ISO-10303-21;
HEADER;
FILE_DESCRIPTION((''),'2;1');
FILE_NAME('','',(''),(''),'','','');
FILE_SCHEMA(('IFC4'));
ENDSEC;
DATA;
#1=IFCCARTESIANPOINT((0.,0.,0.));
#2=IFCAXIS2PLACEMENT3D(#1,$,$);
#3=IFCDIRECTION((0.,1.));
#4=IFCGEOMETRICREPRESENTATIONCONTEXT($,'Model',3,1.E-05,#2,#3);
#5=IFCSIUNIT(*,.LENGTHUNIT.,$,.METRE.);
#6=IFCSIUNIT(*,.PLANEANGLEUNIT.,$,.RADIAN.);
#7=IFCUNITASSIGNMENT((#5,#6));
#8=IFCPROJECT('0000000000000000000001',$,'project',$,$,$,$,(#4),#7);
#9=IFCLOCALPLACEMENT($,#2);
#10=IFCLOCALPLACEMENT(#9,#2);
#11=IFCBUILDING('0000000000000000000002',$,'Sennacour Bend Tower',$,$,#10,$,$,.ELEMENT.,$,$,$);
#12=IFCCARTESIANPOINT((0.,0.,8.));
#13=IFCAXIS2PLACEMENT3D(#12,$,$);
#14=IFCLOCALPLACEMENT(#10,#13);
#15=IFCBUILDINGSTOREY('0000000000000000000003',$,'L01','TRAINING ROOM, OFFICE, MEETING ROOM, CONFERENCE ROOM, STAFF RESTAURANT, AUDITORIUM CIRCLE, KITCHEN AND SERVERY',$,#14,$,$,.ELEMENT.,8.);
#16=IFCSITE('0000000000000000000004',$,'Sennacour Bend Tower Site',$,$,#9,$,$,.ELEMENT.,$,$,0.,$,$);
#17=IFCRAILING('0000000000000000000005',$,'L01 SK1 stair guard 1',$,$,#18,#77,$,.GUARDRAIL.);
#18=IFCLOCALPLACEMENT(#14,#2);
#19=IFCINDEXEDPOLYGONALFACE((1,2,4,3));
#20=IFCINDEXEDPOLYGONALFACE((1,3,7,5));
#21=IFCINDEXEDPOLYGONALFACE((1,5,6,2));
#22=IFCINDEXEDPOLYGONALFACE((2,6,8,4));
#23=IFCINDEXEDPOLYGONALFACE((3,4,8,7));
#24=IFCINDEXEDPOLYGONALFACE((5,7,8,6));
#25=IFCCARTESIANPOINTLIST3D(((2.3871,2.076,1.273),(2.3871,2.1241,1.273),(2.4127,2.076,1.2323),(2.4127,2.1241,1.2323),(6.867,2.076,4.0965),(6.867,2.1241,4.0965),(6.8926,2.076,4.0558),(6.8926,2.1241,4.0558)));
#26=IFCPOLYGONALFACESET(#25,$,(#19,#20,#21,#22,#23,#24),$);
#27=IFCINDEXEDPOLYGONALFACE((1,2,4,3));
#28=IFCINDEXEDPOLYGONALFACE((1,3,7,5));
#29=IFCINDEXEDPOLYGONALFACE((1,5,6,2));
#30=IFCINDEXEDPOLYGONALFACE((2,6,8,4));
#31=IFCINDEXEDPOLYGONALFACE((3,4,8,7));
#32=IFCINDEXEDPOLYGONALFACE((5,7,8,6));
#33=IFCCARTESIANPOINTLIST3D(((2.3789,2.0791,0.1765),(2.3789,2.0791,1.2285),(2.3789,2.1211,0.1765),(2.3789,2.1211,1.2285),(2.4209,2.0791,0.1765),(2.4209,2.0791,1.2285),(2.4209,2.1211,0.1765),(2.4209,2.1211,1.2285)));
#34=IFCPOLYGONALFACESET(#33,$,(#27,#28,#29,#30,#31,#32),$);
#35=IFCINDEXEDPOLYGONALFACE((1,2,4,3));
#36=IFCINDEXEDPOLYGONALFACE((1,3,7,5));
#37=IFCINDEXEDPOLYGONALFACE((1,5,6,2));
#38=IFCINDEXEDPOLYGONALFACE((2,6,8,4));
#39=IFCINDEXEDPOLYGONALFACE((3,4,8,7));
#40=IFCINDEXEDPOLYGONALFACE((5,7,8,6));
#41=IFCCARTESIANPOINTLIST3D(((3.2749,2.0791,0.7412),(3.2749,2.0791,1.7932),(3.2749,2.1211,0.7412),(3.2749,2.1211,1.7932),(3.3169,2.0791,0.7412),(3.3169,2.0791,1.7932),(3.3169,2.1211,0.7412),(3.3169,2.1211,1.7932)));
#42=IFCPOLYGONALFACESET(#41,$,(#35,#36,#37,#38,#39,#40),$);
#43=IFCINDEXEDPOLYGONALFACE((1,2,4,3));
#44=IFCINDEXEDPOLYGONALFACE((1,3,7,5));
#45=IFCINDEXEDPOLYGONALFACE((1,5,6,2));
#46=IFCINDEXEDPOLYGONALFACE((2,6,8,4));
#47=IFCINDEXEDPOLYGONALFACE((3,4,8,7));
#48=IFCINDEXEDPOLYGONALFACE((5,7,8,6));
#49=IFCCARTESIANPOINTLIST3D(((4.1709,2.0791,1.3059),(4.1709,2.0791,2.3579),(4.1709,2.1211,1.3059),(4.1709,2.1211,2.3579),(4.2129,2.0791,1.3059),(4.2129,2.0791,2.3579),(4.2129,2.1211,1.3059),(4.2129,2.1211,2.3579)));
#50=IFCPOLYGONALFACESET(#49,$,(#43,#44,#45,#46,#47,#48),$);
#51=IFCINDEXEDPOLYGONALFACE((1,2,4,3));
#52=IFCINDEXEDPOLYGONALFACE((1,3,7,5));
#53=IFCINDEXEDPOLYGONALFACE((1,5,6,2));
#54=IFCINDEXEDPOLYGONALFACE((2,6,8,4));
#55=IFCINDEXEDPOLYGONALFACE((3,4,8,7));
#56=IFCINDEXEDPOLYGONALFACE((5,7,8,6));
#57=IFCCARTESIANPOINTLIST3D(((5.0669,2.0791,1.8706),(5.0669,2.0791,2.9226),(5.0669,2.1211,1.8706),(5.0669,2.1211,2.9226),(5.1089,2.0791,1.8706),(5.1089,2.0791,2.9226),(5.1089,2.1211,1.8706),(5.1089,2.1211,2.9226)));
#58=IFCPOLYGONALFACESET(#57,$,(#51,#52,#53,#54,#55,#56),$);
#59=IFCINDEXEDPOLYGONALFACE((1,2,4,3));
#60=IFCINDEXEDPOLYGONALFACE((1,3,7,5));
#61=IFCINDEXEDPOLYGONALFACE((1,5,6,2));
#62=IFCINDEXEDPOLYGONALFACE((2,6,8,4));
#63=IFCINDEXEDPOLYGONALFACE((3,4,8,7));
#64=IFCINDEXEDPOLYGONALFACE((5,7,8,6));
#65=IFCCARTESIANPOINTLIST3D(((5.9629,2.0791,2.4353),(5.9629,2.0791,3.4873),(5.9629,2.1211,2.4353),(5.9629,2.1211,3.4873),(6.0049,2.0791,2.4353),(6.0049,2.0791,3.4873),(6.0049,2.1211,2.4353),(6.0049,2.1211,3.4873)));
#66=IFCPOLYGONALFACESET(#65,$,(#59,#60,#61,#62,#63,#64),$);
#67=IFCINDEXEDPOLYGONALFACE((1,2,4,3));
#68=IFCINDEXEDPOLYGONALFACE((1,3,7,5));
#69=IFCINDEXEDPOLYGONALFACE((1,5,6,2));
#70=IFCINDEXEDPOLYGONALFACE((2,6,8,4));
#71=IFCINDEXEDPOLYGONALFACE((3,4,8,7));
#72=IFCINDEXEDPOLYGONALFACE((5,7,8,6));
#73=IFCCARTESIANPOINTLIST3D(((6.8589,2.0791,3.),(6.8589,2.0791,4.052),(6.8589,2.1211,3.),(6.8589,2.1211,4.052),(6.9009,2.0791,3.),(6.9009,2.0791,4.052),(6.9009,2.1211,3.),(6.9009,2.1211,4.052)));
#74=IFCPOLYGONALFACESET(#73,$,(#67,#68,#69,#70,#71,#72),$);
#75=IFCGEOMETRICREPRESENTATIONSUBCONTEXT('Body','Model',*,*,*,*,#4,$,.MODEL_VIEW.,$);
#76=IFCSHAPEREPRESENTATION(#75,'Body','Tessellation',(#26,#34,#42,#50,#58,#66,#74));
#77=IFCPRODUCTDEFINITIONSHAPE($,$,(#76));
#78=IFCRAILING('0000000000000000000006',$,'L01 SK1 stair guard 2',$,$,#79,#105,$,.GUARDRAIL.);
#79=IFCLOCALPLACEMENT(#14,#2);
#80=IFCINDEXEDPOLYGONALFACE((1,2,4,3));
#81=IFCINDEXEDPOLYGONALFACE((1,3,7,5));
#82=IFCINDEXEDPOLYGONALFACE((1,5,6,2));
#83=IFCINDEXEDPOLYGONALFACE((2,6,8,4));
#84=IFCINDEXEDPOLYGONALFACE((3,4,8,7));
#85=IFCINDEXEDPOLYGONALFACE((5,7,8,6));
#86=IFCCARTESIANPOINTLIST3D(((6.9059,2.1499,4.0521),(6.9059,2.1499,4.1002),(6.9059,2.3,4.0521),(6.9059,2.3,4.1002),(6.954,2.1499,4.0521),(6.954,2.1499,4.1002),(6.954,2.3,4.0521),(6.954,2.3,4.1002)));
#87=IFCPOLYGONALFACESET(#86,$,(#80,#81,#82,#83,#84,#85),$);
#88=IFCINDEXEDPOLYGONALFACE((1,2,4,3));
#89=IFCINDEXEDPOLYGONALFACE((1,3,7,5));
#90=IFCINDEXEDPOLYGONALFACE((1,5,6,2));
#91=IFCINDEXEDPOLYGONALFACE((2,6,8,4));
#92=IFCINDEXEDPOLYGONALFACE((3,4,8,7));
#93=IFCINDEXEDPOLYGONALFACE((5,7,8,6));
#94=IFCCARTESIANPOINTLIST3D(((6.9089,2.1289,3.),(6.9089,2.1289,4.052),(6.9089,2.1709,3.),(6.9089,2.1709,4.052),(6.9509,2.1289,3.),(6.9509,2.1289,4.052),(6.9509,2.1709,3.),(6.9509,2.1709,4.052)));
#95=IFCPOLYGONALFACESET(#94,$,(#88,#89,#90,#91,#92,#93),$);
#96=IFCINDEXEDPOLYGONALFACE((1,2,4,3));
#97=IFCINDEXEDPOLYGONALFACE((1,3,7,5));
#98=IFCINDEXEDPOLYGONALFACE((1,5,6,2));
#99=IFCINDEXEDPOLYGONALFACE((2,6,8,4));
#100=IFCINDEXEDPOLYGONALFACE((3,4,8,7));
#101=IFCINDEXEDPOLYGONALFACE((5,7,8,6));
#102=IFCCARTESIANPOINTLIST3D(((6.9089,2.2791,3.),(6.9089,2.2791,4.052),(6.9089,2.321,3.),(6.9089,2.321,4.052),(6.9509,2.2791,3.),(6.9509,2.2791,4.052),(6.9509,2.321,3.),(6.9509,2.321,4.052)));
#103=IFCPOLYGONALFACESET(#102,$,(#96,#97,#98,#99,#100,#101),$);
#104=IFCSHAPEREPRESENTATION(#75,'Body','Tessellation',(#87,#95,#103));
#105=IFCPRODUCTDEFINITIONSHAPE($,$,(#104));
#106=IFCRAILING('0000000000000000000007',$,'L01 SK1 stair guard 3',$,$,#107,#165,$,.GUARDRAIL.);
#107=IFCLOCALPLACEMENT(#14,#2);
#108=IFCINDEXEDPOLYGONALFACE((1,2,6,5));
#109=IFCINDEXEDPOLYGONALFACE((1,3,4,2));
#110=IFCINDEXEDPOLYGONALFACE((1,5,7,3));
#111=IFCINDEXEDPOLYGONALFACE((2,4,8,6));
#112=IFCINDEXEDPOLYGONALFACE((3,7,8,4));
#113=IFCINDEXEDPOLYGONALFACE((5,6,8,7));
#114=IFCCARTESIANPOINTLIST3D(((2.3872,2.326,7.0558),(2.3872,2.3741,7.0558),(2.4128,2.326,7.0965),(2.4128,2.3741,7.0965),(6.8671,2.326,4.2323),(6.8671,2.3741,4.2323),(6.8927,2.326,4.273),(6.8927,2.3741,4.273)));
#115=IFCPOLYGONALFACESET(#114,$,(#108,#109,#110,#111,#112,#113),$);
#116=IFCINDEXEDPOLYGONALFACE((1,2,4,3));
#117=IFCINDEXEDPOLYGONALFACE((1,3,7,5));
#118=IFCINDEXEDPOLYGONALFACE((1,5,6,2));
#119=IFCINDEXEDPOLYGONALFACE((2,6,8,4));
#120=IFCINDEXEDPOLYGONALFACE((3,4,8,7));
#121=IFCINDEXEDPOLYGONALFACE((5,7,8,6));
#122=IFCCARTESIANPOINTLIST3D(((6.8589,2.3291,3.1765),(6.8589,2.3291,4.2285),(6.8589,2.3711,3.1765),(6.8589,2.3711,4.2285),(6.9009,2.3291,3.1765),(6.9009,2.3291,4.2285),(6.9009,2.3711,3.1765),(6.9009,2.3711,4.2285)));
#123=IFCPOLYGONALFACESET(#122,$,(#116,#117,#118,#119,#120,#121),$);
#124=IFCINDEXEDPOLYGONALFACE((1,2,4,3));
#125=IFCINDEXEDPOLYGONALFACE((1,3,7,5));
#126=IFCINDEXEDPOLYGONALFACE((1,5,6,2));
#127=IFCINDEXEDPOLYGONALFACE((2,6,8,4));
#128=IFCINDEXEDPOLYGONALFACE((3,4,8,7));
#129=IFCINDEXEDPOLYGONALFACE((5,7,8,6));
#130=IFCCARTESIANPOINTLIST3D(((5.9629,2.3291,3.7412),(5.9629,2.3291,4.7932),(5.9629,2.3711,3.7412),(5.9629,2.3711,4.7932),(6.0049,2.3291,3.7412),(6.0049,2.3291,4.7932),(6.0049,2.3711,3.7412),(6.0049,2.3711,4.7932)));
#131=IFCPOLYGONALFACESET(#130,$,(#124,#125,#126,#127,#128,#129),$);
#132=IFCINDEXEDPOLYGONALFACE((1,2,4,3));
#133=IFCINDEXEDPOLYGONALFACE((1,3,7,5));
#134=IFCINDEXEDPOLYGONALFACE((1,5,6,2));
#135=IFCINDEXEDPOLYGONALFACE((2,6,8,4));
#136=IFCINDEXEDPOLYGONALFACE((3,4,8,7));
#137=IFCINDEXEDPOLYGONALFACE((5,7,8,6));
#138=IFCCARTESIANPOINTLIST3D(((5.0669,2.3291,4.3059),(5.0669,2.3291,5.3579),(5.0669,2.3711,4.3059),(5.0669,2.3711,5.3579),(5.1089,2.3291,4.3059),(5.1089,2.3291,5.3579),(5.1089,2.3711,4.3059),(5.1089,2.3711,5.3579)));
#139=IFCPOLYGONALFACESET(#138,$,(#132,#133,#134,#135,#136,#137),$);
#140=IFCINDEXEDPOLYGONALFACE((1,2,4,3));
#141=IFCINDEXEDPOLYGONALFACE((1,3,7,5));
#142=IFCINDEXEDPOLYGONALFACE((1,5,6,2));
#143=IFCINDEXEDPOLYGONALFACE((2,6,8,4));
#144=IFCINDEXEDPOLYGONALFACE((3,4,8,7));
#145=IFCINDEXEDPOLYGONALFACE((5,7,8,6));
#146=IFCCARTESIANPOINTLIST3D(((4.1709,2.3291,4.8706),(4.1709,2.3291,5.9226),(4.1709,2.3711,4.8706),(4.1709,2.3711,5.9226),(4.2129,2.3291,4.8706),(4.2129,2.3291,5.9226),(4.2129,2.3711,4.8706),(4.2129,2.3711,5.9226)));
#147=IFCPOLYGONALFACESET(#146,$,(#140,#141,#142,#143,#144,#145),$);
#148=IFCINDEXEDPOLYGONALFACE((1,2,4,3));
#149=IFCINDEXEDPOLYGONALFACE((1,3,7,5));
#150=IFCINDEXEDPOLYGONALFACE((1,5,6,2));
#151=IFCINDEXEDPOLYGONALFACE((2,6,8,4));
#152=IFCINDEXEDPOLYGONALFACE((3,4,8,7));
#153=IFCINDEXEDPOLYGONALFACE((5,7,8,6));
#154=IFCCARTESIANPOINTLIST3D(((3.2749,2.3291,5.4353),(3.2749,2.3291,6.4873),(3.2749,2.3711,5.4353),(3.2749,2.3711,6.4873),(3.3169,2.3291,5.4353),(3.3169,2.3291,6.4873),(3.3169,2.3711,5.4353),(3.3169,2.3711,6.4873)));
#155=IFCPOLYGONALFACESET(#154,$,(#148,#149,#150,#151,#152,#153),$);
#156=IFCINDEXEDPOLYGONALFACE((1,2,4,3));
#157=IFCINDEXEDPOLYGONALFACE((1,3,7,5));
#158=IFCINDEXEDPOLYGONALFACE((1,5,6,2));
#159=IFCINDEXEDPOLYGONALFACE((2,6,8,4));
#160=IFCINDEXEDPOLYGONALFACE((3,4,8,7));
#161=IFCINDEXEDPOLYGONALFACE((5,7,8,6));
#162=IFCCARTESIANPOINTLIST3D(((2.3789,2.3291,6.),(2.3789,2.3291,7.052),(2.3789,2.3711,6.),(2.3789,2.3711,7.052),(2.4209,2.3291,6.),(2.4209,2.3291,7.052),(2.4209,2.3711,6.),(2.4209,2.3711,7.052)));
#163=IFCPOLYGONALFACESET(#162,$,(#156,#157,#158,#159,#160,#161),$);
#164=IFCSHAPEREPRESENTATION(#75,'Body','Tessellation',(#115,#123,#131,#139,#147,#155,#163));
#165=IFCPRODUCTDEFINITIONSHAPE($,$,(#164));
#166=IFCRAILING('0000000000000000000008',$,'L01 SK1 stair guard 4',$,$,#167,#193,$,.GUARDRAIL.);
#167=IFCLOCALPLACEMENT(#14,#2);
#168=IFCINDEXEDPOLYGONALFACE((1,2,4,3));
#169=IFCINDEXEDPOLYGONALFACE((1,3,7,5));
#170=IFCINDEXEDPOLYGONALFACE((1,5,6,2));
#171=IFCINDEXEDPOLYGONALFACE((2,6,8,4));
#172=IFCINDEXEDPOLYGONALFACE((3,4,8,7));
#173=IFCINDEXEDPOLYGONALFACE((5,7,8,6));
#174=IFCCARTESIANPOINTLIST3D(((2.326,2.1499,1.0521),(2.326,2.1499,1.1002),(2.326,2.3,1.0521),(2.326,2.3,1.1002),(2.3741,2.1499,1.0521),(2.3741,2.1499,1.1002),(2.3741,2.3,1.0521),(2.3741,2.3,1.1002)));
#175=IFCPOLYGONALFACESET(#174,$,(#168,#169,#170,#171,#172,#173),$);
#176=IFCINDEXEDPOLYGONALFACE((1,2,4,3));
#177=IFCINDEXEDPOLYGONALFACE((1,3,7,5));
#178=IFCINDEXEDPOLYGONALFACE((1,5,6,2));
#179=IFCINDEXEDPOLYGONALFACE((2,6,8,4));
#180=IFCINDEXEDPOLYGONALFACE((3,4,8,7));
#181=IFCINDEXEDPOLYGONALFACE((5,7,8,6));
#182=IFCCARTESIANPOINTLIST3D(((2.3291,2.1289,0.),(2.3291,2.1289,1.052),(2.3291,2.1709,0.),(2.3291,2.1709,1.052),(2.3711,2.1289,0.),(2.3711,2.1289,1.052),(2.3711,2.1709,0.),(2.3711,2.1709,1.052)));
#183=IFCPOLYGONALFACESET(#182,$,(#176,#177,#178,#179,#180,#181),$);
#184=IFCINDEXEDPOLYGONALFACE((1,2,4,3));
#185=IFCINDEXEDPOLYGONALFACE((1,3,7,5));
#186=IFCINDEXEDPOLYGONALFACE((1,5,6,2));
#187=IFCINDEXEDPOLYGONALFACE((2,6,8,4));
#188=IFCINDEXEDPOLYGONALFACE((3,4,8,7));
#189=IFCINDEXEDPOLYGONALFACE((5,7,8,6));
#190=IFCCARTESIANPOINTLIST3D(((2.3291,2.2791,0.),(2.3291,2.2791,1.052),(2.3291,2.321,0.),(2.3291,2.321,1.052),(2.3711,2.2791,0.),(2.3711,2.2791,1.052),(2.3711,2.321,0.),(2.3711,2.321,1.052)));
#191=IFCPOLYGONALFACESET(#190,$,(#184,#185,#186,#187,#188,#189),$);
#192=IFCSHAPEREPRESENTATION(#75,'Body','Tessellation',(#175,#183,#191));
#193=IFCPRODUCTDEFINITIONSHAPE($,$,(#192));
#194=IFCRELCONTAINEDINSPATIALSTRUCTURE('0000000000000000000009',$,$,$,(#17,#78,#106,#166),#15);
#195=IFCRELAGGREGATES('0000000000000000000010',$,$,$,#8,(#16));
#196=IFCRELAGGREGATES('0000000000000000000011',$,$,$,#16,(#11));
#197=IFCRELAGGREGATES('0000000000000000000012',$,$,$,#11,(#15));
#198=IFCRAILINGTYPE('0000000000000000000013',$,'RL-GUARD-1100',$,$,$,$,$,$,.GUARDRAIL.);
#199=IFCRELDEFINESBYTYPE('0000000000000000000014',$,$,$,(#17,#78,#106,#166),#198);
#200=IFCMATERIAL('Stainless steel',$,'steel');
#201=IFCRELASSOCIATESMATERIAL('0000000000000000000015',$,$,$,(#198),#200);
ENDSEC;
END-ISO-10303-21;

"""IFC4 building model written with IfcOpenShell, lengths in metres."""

from ifc_helpers import new_model, si_unit, direction, frame, origin, origin_2d, place, context, subcontext, project, spatial, rectangle, extrude, material, type_object, element, save


model = new_model("IFC4")

# Units and contexts
model_context = context("Model", 3, precision=1e-05, world=origin(), true_north=direction((0.0, 1.0)))
body_context = subcontext(model_context, "Body", "Model", "MODEL_VIEW")
ifc_project = project(units=[si_unit("LENGTHUNIT", "METRE"), si_unit("PLANEANGLEUNIT", "RADIAN")], contexts=[model_context])

# Site, building, storey
site_placement = place(None, origin())
site = spatial("IfcSite", under=ifc_project, at=site_placement, Name="Sennacour Bend Tower Site", CompositionType="ELEMENT", RefElevation=0.0)
building_placement = place(site_placement, origin())
building = spatial("IfcBuilding", under=site, at=building_placement, Name="Sennacour Bend Tower", CompositionType="ELEMENT")
storey_placement = place(building_placement, frame((0.0, 0.0, 8.0)))
storey = spatial("IfcBuildingStorey", under=building, at=storey_placement, Name="L01", Description="TRAINING ROOM, OFFICE, MEETING ROOM, CONFERENCE ROOM, STAFF RESTAURANT, AUDITORIUM CIRCLE, KITCHEN AND SERVERY", CompositionType="ELEMENT", Elevation=8.0)

# Railings
ifc_material_1 = material(Name="Stainless steel", Category="steel")
railing_type_1 = type_object("IfcRailingType", Name="RL-GUARD-1100", PredefinedType="GUARDRAIL", material=ifc_material_1)
railing_1_placement = place(storey_placement, frame((2.3999, 2.1001, 0.1765)))
element("IfcRailing", 1, at=railing_1_placement, inside=storey, type_object=railing_type_1, Name="L01 SK1 stair guard 1", PredefinedType="GUARDRAIL", context=body_context, shape_type="SweptSolid", body=[
    extrude(rectangle(XDim=0.0481, YDim=0.0481, at=origin_2d()), frame((0.0, 0.0, 1.0762), z_axis=(0.845998, 0.0, 0.533186), x_axis=(0.0, 1.0, 0.0)), (0.0, 0.0, 1.0), 5.2954),
    extrude(rectangle(XDim=0.042, YDim=0.042, at=origin_2d()), origin(), (0.0, 0.0, 1.0), 1.052),
    extrude(rectangle(XDim=0.042, YDim=0.042, at=origin_2d()), frame((0.896, 0.0, 0.5647)), (0.0, 0.0, 1.0), 1.052),
    extrude(rectangle(XDim=0.042, YDim=0.042, at=origin_2d()), frame((1.792, 0.0, 1.1294)), (0.0, 0.0, 1.0), 1.052),
    extrude(rectangle(XDim=0.042, YDim=0.042, at=origin_2d()), frame((2.688, 0.0, 1.6941)), (0.0, 0.0, 1.0), 1.052),
    extrude(rectangle(XDim=0.042, YDim=0.042, at=origin_2d()), frame((3.584, 0.0, 2.2588)), (0.0, 0.0, 1.0), 1.052),
    extrude(rectangle(XDim=0.042, YDim=0.042, at=origin_2d()), frame((4.48, 0.0, 2.8235)), (0.0, 0.0, 1.0), 1.052),
])
railing_2_placement = place(storey_placement, frame((6.9299, 2.1499, 3.0)))
element("IfcRailing", 2, at=railing_2_placement, inside=storey, type_object=railing_type_1, Name="L01 SK1 stair guard 2", PredefinedType="GUARDRAIL", context=body_context, shape_type="SweptSolid", body=[
    extrude(rectangle(XDim=0.0481, YDim=0.0481, at=origin_2d()), frame((0.0, 0.0, 1.0762), z_axis=(0.0, 1.0, 0.0), x_axis=(-1.0, 0.0, 0.0)), (0.0, 0.0, 1.0), 0.1501),
    extrude(rectangle(XDim=0.042, YDim=0.042, at=origin_2d()), origin(), (0.0, 0.0, 1.0), 1.052),
    extrude(rectangle(XDim=0.042, YDim=0.042, at=origin_2d()), frame((0.0, 0.1501, 0.0)), (0.0, 0.0, 1.0), 1.052),
])
railing_3_placement = place(storey_placement, frame((6.8799, 2.3501, 3.1765)))
element("IfcRailing", 3, at=railing_3_placement, inside=storey, type_object=railing_type_1, Name="L01 SK1 stair guard 3", PredefinedType="GUARDRAIL", context=body_context, shape_type="SweptSolid", body=[
    extrude(rectangle(XDim=0.0481, YDim=0.0481, at=origin_2d()), frame((0.0, 0.0, 1.0762), z_axis=(-0.845998, 0.0, 0.533186), x_axis=(0.0, -1.0, 0.0)), (0.0, 0.0, 1.0), 5.2954),
    extrude(rectangle(XDim=0.042, YDim=0.042, at=origin_2d()), origin(), (0.0, 0.0, 1.0), 1.052),
    extrude(rectangle(XDim=0.042, YDim=0.042, at=origin_2d()), frame((-0.896, 0.0, 0.5647)), (0.0, 0.0, 1.0), 1.052),
    extrude(rectangle(XDim=0.042, YDim=0.042, at=origin_2d()), frame((-1.792, 0.0, 1.1294)), (0.0, 0.0, 1.0), 1.052),
    extrude(rectangle(XDim=0.042, YDim=0.042, at=origin_2d()), frame((-2.688, 0.0, 1.6941)), (0.0, 0.0, 1.0), 1.052),
    extrude(rectangle(XDim=0.042, YDim=0.042, at=origin_2d()), frame((-3.584, 0.0, 2.2588)), (0.0, 0.0, 1.0), 1.052),
    extrude(rectangle(XDim=0.042, YDim=0.042, at=origin_2d()), frame((-4.48, 0.0, 2.8235)), (0.0, 0.0, 1.0), 1.052),
])
railing_4_placement = place(storey_placement, frame((2.3501, 2.1499, 0.0)))
element("IfcRailing", 4, at=railing_4_placement, inside=storey, type_object=railing_type_1, Name="L01 SK1 stair guard 4", PredefinedType="GUARDRAIL", context=body_context, shape_type="SweptSolid", body=[
    extrude(rectangle(XDim=0.0481, YDim=0.0481, at=origin_2d()), frame((0.0, 0.0, 1.0762), z_axis=(0.0, 1.0, 0.0), x_axis=(-1.0, 0.0, 0.0)), (0.0, 0.0, 1.0), 0.1501),
    extrude(rectangle(XDim=0.042, YDim=0.042, at=origin_2d()), origin(), (0.0, 0.0, 1.0), 1.052),
    extrude(rectangle(XDim=0.042, YDim=0.042, at=origin_2d()), frame((0.0, 0.1501, 0.0)), (0.0, 0.0, 1.0), 1.052),
])

save(model, "model.ifc")
